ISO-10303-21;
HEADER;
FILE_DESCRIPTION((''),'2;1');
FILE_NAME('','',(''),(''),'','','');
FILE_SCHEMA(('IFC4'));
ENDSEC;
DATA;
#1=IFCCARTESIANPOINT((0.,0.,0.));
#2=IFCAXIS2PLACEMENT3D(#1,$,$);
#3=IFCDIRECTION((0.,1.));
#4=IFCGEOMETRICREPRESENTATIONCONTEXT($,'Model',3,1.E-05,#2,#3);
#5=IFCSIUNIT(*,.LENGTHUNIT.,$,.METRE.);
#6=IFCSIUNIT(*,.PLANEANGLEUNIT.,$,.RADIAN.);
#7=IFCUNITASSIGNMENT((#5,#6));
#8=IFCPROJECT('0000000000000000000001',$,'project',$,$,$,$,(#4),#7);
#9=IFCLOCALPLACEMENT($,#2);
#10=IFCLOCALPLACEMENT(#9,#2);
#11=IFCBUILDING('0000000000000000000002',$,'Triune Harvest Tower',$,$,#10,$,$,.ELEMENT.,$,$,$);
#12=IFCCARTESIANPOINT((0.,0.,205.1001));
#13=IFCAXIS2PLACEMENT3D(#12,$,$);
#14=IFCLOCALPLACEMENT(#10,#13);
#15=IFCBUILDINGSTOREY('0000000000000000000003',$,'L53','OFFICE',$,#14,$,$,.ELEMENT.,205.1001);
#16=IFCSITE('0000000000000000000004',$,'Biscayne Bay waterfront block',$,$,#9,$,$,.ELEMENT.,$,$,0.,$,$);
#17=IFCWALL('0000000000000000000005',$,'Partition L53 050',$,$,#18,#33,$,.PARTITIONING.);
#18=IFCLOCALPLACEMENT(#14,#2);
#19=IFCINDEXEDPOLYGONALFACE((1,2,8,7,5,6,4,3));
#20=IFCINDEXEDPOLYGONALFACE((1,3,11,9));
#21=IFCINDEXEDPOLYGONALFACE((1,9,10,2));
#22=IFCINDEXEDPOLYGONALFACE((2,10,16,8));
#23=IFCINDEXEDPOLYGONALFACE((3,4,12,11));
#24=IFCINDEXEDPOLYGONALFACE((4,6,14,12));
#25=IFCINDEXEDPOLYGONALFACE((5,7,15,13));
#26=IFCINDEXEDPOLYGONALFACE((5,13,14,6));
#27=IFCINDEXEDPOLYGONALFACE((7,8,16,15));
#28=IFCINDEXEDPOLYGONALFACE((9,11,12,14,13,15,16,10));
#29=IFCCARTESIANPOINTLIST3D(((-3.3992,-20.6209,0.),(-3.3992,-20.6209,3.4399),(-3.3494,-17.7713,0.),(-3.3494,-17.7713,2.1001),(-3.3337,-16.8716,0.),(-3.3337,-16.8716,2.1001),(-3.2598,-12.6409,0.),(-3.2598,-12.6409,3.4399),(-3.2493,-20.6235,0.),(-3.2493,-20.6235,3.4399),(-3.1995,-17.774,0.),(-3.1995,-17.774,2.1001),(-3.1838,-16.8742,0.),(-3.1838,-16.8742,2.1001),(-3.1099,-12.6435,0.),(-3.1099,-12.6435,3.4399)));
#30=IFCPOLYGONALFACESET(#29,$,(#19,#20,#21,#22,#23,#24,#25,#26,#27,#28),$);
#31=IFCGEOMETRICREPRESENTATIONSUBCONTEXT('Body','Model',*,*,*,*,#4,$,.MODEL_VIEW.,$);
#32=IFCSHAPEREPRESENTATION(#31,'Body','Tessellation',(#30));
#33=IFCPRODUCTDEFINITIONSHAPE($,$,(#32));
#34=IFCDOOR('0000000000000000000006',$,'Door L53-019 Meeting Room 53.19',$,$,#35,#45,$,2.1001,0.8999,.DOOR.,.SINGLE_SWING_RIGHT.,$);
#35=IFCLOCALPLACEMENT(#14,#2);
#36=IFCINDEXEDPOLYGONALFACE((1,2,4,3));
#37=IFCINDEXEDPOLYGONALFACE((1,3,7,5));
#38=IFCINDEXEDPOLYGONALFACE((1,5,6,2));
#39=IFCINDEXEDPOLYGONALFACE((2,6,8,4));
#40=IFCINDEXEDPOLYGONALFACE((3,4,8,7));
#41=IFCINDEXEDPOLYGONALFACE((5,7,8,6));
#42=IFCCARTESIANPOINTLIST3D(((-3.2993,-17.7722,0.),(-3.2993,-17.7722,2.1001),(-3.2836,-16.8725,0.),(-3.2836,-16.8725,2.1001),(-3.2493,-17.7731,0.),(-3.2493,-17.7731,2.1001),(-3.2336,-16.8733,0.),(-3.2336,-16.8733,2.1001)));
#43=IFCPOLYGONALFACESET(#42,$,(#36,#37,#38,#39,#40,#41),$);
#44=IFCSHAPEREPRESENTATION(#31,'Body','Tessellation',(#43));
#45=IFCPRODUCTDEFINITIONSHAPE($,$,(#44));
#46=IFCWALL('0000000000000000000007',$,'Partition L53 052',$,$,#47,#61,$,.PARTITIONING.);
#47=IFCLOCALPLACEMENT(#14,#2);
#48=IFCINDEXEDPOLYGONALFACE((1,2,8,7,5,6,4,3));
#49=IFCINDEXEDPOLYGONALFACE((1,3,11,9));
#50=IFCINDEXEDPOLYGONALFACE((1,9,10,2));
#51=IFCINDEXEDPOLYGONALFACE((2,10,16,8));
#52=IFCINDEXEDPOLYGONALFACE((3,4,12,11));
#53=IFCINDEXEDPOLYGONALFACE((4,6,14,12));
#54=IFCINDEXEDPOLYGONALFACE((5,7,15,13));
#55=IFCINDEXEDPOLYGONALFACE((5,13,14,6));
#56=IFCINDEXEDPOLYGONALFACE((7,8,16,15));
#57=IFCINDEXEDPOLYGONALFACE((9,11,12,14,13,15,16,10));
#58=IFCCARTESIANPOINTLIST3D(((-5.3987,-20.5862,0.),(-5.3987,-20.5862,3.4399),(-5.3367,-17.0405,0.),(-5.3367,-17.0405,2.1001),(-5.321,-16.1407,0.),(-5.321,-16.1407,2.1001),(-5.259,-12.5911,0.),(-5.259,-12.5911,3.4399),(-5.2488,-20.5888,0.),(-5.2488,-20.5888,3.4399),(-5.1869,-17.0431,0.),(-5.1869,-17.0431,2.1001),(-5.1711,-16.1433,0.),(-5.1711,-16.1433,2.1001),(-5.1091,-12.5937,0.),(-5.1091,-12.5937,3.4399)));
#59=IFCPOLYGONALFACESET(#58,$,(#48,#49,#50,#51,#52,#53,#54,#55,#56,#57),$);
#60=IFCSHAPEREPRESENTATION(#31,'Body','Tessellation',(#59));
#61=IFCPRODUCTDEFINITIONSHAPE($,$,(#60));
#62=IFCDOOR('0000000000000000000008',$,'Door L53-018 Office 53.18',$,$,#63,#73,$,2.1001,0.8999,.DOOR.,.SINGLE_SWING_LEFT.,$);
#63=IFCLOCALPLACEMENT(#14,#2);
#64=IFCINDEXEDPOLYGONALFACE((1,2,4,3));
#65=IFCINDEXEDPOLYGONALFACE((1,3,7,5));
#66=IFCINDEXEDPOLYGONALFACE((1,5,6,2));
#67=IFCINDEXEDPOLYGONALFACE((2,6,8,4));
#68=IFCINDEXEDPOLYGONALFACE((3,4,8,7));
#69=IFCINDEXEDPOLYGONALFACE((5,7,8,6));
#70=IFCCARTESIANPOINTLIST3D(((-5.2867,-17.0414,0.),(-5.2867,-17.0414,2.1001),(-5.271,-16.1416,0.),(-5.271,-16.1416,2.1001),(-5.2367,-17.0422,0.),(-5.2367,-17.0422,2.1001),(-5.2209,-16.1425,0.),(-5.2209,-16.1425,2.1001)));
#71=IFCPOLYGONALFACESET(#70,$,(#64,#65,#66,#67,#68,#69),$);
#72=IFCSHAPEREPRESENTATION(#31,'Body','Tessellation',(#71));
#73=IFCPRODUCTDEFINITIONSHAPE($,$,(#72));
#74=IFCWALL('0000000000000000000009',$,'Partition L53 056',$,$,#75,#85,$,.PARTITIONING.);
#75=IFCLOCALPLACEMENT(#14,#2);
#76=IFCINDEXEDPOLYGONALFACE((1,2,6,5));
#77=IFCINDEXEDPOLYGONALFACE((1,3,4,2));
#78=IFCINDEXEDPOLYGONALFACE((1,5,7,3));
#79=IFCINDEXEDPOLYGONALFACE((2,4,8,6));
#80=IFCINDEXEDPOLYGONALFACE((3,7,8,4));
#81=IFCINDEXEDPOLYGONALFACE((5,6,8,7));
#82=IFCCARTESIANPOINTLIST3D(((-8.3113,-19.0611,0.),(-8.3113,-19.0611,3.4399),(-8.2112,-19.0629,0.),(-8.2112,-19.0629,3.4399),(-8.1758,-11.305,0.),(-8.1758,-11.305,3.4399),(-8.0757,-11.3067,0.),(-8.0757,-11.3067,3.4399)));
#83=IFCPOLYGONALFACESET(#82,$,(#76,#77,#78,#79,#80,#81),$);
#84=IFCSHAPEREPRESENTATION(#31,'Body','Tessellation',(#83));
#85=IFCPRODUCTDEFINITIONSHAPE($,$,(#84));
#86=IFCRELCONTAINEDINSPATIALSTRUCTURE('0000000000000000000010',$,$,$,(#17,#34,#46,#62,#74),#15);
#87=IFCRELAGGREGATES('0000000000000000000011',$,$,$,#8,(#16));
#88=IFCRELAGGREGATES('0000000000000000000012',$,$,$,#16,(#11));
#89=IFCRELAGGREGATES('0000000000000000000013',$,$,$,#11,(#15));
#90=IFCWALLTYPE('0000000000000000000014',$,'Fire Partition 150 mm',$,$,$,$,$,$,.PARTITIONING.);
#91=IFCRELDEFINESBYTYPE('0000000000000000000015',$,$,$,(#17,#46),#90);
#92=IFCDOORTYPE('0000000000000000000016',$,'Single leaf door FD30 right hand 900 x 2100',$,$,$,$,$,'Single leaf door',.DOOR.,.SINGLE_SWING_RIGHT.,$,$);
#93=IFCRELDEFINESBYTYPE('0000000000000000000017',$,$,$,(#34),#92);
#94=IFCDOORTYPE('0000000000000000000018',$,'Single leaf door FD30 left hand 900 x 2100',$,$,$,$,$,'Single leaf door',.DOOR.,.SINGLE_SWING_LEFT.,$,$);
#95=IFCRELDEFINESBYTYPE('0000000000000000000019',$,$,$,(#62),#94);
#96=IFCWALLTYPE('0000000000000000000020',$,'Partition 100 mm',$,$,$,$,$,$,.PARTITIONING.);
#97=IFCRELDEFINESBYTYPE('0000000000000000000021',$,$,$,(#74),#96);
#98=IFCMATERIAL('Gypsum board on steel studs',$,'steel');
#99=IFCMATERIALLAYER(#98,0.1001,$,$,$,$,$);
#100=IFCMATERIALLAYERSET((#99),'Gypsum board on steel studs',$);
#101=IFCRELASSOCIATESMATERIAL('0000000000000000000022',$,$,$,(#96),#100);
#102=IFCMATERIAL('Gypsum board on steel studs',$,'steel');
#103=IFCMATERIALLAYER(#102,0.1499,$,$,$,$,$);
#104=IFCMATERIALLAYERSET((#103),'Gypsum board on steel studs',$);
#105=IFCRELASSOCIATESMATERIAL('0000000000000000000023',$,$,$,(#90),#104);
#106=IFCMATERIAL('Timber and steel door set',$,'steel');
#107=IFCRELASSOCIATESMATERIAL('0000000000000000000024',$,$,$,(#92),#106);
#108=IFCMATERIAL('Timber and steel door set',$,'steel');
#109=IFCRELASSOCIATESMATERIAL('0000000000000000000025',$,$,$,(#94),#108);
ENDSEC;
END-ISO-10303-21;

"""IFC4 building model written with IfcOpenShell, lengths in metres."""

from ifc_helpers import new_model, si_unit, direction, frame, frame_2d, origin, place, context, subcontext, project, spatial, rectangle, extrude, source, transform, mapped, material, layer, layer_set, type_object, element, fill, save


model = new_model("IFC4")

# Units and contexts
model_context = context("Model", 3, precision=1e-05, world=origin(), true_north=direction((0.0, 1.0)))
body_context = subcontext(model_context, "Body", "Model", "MODEL_VIEW")
ifc_project = project(units=[si_unit("LENGTHUNIT", "METRE"), si_unit("PLANEANGLEUNIT", "RADIAN")], contexts=[model_context])

# Site, building, storey
site_placement = place(None, origin())
site = spatial("IfcSite", under=ifc_project, at=site_placement, Name="Biscayne Bay waterfront block", CompositionType="ELEMENT", RefElevation=0.0)
building_placement = place(site_placement, origin())
building = spatial("IfcBuilding", under=site, at=building_placement, Name="Triune Harvest Tower", CompositionType="ELEMENT")
storey_placement = place(building_placement, frame((0.0, 0.0, 205.1001)))
storey = spatial("IfcBuildingStorey", under=building, at=storey_placement, Name="L53", Description="OFFICE", CompositionType="ELEMENT", Elevation=205.1001)

# Shared definitions
ifc_material_1 = material(Name="Gypsum board on steel studs", Category="steel")
ifc_layer_1 = layer(ifc_material_1, 0.1001)
ifc_layer_set_1 = layer_set([ifc_layer_1], Name="Gypsum board on steel studs")
wall_type_1 = type_object("IfcWallType", Name="Partition 100 mm", PredefinedType="PARTITIONING", material=ifc_layer_set_1)

# Walls, openings, doors
ifc_material_2 = material(Name="Gypsum board on steel studs", Category="steel")
ifc_layer_2 = layer(ifc_material_2, 0.1499)
ifc_layer_set_2 = layer_set([ifc_layer_2], Name="Gypsum board on steel studs")
wall_type_2 = type_object("IfcWallType", Name="Fire Partition 150 mm", PredefinedType="PARTITIONING", material=ifc_layer_set_2)
shared_shape_1 = source(origin(), body_context, "Body", "SweptSolid", [
    extrude(rectangle(XDim=7.9812, YDim=0.1499, at=frame_2d((3.9907, 0.0))), origin(), (0.0, 0.0, 1.0), 3.4399),
])
wall_1_placement = place(storey_placement, frame((-3.3242, -20.6223, 0.0), z_axis=(0.0, 0.0, 1.0), x_axis=(0.017467, 0.999847, 0.0)))
wall_1 = element("IfcWall", 1, at=wall_1_placement, inside=storey, type_object=wall_type_2, Name="Partition L53 050", PredefinedType="PARTITIONING", context=body_context, shape_type="MappedRepresentation", body=[
    mapped(shared_shape_1, transform((0.0, 0.0, 0.0), scale=1.0)),
])
opening_1_placement = place(wall_1_placement, frame((2.8501, 0.0, 0.0)))
opening_1 = element("IfcOpeningElement", 2, at=opening_1_placement, cuts=wall_1, PredefinedType="OPENING", context=body_context, shape_type="SweptSolid", body=[
    extrude(rectangle(XDim=0.8999, YDim=2.1001, at=frame_2d((0.45, 1.05))), frame((0.0, 0.085, 0.0), z_axis=(0.0, -1.0, 0.0), x_axis=(1.0, 0.0, 0.0)), (0.0, 0.0, 1.0), 0.1699),
])
ifc_material_3 = material(Name="Timber and steel door set", Category="steel")
door_type_1 = type_object("IfcDoorType", Name="Single leaf door FD30 right hand 900 x 2100", ElementType="Single leaf door", OperationType="SINGLE_SWING_RIGHT", PredefinedType="DOOR", material=ifc_material_3)
door_1_placement = place(opening_1_placement, origin())
door_1 = element("IfcDoor", 3, at=door_1_placement, inside=storey, type_object=door_type_1, Name="Door L53-019 Meeting Room 53.19", OperationType="SINGLE_SWING_RIGHT", OverallHeight=2.1001, OverallWidth=0.8999, PredefinedType="DOOR", context=body_context, shape_type="SweptSolid", body=[
    extrude(rectangle(XDim=0.8999, YDim=2.1001, at=frame_2d((0.45, 1.05))), frame((0.0, 0.0249, 0.0), z_axis=(0.0, -1.0, 0.0), x_axis=(1.0, 0.0, 0.0)), (0.0, 0.0, 1.0), 0.05),
])
fill(opening_1, door_1)
shared_shape_2 = source(origin(), body_context, "Body", "SweptSolid", [
    extrude(rectangle(XDim=7.9963, YDim=0.1499, at=frame_2d((3.998, 0.0))), origin(), (0.0, 0.0, 1.0), 3.4399),
])
wall_2_placement = place(storey_placement, frame((-5.3237, -20.5874, 0.0), z_axis=(0.0, 0.0, 1.0), x_axis=(0.017464, 0.999847, 0.0)))
wall_2 = element("IfcWall", 4, at=wall_2_placement, inside=storey, type_object=wall_type_2, Name="Partition L53 052", PredefinedType="PARTITIONING", context=body_context, shape_type="MappedRepresentation", body=[
    mapped(shared_shape_2, transform((0.0, 0.0, 0.0), scale=1.0)),
])
opening_2_placement = place(wall_2_placement, frame((3.5461, 0.0, 0.0)))
opening_2 = element("IfcOpeningElement", 5, at=opening_2_placement, cuts=wall_2, PredefinedType="OPENING", context=body_context, shape_type="SweptSolid", body=[
    extrude(rectangle(XDim=0.8999, YDim=2.1001, at=frame_2d((0.45, 1.05))), frame((0.0, 0.085, 0.0), z_axis=(0.0, -1.0, 0.0), x_axis=(1.0, 0.0, 0.0)), (0.0, 0.0, 1.0), 0.1699),
])
ifc_material_4 = material(Name="Timber and steel door set", Category="steel")
door_type_2 = type_object("IfcDoorType", Name="Single leaf door FD30 left hand 900 x 2100", ElementType="Single leaf door", OperationType="SINGLE_SWING_LEFT", PredefinedType="DOOR", material=ifc_material_4)
door_2_placement = place(opening_2_placement, origin())
door_2 = element("IfcDoor", 6, at=door_2_placement, inside=storey, type_object=door_type_2, Name="Door L53-018 Office 53.18", OperationType="SINGLE_SWING_LEFT", OverallHeight=2.1001, OverallWidth=0.8999, PredefinedType="DOOR", context=body_context, shape_type="SweptSolid", body=[
    extrude(rectangle(XDim=0.8999, YDim=2.1001, at=frame_2d((0.45, 1.05))), frame((0.0, 0.0249, 0.0), z_axis=(0.0, -1.0, 0.0), x_axis=(1.0, 0.0, 0.0)), (0.0, 0.0, 1.0), 0.05),
])
fill(opening_2, door_2)

# Wall
shared_shape_3 = source(origin(), body_context, "Body", "SweptSolid", [
    extrude(rectangle(XDim=7.7573, YDim=0.1001, at=frame_2d((3.8787, 0.0))), origin(), (0.0, 0.0, 1.0), 3.4399),
])
wall_3_placement = place(storey_placement, frame((-8.2612, -19.062, 0.0), z_axis=(0.0, 0.0, 1.0), x_axis=(0.017467, 0.999847, 0.0)))
element("IfcWall", 7, at=wall_3_placement, inside=storey, type_object=wall_type_1, Name="Partition L53 056", PredefinedType="PARTITIONING", context=body_context, shape_type="MappedRepresentation", body=[
    mapped(shared_shape_3, transform((0.0, 0.0, 0.0), scale=1.0)),
])

save(model, "model.ifc")
